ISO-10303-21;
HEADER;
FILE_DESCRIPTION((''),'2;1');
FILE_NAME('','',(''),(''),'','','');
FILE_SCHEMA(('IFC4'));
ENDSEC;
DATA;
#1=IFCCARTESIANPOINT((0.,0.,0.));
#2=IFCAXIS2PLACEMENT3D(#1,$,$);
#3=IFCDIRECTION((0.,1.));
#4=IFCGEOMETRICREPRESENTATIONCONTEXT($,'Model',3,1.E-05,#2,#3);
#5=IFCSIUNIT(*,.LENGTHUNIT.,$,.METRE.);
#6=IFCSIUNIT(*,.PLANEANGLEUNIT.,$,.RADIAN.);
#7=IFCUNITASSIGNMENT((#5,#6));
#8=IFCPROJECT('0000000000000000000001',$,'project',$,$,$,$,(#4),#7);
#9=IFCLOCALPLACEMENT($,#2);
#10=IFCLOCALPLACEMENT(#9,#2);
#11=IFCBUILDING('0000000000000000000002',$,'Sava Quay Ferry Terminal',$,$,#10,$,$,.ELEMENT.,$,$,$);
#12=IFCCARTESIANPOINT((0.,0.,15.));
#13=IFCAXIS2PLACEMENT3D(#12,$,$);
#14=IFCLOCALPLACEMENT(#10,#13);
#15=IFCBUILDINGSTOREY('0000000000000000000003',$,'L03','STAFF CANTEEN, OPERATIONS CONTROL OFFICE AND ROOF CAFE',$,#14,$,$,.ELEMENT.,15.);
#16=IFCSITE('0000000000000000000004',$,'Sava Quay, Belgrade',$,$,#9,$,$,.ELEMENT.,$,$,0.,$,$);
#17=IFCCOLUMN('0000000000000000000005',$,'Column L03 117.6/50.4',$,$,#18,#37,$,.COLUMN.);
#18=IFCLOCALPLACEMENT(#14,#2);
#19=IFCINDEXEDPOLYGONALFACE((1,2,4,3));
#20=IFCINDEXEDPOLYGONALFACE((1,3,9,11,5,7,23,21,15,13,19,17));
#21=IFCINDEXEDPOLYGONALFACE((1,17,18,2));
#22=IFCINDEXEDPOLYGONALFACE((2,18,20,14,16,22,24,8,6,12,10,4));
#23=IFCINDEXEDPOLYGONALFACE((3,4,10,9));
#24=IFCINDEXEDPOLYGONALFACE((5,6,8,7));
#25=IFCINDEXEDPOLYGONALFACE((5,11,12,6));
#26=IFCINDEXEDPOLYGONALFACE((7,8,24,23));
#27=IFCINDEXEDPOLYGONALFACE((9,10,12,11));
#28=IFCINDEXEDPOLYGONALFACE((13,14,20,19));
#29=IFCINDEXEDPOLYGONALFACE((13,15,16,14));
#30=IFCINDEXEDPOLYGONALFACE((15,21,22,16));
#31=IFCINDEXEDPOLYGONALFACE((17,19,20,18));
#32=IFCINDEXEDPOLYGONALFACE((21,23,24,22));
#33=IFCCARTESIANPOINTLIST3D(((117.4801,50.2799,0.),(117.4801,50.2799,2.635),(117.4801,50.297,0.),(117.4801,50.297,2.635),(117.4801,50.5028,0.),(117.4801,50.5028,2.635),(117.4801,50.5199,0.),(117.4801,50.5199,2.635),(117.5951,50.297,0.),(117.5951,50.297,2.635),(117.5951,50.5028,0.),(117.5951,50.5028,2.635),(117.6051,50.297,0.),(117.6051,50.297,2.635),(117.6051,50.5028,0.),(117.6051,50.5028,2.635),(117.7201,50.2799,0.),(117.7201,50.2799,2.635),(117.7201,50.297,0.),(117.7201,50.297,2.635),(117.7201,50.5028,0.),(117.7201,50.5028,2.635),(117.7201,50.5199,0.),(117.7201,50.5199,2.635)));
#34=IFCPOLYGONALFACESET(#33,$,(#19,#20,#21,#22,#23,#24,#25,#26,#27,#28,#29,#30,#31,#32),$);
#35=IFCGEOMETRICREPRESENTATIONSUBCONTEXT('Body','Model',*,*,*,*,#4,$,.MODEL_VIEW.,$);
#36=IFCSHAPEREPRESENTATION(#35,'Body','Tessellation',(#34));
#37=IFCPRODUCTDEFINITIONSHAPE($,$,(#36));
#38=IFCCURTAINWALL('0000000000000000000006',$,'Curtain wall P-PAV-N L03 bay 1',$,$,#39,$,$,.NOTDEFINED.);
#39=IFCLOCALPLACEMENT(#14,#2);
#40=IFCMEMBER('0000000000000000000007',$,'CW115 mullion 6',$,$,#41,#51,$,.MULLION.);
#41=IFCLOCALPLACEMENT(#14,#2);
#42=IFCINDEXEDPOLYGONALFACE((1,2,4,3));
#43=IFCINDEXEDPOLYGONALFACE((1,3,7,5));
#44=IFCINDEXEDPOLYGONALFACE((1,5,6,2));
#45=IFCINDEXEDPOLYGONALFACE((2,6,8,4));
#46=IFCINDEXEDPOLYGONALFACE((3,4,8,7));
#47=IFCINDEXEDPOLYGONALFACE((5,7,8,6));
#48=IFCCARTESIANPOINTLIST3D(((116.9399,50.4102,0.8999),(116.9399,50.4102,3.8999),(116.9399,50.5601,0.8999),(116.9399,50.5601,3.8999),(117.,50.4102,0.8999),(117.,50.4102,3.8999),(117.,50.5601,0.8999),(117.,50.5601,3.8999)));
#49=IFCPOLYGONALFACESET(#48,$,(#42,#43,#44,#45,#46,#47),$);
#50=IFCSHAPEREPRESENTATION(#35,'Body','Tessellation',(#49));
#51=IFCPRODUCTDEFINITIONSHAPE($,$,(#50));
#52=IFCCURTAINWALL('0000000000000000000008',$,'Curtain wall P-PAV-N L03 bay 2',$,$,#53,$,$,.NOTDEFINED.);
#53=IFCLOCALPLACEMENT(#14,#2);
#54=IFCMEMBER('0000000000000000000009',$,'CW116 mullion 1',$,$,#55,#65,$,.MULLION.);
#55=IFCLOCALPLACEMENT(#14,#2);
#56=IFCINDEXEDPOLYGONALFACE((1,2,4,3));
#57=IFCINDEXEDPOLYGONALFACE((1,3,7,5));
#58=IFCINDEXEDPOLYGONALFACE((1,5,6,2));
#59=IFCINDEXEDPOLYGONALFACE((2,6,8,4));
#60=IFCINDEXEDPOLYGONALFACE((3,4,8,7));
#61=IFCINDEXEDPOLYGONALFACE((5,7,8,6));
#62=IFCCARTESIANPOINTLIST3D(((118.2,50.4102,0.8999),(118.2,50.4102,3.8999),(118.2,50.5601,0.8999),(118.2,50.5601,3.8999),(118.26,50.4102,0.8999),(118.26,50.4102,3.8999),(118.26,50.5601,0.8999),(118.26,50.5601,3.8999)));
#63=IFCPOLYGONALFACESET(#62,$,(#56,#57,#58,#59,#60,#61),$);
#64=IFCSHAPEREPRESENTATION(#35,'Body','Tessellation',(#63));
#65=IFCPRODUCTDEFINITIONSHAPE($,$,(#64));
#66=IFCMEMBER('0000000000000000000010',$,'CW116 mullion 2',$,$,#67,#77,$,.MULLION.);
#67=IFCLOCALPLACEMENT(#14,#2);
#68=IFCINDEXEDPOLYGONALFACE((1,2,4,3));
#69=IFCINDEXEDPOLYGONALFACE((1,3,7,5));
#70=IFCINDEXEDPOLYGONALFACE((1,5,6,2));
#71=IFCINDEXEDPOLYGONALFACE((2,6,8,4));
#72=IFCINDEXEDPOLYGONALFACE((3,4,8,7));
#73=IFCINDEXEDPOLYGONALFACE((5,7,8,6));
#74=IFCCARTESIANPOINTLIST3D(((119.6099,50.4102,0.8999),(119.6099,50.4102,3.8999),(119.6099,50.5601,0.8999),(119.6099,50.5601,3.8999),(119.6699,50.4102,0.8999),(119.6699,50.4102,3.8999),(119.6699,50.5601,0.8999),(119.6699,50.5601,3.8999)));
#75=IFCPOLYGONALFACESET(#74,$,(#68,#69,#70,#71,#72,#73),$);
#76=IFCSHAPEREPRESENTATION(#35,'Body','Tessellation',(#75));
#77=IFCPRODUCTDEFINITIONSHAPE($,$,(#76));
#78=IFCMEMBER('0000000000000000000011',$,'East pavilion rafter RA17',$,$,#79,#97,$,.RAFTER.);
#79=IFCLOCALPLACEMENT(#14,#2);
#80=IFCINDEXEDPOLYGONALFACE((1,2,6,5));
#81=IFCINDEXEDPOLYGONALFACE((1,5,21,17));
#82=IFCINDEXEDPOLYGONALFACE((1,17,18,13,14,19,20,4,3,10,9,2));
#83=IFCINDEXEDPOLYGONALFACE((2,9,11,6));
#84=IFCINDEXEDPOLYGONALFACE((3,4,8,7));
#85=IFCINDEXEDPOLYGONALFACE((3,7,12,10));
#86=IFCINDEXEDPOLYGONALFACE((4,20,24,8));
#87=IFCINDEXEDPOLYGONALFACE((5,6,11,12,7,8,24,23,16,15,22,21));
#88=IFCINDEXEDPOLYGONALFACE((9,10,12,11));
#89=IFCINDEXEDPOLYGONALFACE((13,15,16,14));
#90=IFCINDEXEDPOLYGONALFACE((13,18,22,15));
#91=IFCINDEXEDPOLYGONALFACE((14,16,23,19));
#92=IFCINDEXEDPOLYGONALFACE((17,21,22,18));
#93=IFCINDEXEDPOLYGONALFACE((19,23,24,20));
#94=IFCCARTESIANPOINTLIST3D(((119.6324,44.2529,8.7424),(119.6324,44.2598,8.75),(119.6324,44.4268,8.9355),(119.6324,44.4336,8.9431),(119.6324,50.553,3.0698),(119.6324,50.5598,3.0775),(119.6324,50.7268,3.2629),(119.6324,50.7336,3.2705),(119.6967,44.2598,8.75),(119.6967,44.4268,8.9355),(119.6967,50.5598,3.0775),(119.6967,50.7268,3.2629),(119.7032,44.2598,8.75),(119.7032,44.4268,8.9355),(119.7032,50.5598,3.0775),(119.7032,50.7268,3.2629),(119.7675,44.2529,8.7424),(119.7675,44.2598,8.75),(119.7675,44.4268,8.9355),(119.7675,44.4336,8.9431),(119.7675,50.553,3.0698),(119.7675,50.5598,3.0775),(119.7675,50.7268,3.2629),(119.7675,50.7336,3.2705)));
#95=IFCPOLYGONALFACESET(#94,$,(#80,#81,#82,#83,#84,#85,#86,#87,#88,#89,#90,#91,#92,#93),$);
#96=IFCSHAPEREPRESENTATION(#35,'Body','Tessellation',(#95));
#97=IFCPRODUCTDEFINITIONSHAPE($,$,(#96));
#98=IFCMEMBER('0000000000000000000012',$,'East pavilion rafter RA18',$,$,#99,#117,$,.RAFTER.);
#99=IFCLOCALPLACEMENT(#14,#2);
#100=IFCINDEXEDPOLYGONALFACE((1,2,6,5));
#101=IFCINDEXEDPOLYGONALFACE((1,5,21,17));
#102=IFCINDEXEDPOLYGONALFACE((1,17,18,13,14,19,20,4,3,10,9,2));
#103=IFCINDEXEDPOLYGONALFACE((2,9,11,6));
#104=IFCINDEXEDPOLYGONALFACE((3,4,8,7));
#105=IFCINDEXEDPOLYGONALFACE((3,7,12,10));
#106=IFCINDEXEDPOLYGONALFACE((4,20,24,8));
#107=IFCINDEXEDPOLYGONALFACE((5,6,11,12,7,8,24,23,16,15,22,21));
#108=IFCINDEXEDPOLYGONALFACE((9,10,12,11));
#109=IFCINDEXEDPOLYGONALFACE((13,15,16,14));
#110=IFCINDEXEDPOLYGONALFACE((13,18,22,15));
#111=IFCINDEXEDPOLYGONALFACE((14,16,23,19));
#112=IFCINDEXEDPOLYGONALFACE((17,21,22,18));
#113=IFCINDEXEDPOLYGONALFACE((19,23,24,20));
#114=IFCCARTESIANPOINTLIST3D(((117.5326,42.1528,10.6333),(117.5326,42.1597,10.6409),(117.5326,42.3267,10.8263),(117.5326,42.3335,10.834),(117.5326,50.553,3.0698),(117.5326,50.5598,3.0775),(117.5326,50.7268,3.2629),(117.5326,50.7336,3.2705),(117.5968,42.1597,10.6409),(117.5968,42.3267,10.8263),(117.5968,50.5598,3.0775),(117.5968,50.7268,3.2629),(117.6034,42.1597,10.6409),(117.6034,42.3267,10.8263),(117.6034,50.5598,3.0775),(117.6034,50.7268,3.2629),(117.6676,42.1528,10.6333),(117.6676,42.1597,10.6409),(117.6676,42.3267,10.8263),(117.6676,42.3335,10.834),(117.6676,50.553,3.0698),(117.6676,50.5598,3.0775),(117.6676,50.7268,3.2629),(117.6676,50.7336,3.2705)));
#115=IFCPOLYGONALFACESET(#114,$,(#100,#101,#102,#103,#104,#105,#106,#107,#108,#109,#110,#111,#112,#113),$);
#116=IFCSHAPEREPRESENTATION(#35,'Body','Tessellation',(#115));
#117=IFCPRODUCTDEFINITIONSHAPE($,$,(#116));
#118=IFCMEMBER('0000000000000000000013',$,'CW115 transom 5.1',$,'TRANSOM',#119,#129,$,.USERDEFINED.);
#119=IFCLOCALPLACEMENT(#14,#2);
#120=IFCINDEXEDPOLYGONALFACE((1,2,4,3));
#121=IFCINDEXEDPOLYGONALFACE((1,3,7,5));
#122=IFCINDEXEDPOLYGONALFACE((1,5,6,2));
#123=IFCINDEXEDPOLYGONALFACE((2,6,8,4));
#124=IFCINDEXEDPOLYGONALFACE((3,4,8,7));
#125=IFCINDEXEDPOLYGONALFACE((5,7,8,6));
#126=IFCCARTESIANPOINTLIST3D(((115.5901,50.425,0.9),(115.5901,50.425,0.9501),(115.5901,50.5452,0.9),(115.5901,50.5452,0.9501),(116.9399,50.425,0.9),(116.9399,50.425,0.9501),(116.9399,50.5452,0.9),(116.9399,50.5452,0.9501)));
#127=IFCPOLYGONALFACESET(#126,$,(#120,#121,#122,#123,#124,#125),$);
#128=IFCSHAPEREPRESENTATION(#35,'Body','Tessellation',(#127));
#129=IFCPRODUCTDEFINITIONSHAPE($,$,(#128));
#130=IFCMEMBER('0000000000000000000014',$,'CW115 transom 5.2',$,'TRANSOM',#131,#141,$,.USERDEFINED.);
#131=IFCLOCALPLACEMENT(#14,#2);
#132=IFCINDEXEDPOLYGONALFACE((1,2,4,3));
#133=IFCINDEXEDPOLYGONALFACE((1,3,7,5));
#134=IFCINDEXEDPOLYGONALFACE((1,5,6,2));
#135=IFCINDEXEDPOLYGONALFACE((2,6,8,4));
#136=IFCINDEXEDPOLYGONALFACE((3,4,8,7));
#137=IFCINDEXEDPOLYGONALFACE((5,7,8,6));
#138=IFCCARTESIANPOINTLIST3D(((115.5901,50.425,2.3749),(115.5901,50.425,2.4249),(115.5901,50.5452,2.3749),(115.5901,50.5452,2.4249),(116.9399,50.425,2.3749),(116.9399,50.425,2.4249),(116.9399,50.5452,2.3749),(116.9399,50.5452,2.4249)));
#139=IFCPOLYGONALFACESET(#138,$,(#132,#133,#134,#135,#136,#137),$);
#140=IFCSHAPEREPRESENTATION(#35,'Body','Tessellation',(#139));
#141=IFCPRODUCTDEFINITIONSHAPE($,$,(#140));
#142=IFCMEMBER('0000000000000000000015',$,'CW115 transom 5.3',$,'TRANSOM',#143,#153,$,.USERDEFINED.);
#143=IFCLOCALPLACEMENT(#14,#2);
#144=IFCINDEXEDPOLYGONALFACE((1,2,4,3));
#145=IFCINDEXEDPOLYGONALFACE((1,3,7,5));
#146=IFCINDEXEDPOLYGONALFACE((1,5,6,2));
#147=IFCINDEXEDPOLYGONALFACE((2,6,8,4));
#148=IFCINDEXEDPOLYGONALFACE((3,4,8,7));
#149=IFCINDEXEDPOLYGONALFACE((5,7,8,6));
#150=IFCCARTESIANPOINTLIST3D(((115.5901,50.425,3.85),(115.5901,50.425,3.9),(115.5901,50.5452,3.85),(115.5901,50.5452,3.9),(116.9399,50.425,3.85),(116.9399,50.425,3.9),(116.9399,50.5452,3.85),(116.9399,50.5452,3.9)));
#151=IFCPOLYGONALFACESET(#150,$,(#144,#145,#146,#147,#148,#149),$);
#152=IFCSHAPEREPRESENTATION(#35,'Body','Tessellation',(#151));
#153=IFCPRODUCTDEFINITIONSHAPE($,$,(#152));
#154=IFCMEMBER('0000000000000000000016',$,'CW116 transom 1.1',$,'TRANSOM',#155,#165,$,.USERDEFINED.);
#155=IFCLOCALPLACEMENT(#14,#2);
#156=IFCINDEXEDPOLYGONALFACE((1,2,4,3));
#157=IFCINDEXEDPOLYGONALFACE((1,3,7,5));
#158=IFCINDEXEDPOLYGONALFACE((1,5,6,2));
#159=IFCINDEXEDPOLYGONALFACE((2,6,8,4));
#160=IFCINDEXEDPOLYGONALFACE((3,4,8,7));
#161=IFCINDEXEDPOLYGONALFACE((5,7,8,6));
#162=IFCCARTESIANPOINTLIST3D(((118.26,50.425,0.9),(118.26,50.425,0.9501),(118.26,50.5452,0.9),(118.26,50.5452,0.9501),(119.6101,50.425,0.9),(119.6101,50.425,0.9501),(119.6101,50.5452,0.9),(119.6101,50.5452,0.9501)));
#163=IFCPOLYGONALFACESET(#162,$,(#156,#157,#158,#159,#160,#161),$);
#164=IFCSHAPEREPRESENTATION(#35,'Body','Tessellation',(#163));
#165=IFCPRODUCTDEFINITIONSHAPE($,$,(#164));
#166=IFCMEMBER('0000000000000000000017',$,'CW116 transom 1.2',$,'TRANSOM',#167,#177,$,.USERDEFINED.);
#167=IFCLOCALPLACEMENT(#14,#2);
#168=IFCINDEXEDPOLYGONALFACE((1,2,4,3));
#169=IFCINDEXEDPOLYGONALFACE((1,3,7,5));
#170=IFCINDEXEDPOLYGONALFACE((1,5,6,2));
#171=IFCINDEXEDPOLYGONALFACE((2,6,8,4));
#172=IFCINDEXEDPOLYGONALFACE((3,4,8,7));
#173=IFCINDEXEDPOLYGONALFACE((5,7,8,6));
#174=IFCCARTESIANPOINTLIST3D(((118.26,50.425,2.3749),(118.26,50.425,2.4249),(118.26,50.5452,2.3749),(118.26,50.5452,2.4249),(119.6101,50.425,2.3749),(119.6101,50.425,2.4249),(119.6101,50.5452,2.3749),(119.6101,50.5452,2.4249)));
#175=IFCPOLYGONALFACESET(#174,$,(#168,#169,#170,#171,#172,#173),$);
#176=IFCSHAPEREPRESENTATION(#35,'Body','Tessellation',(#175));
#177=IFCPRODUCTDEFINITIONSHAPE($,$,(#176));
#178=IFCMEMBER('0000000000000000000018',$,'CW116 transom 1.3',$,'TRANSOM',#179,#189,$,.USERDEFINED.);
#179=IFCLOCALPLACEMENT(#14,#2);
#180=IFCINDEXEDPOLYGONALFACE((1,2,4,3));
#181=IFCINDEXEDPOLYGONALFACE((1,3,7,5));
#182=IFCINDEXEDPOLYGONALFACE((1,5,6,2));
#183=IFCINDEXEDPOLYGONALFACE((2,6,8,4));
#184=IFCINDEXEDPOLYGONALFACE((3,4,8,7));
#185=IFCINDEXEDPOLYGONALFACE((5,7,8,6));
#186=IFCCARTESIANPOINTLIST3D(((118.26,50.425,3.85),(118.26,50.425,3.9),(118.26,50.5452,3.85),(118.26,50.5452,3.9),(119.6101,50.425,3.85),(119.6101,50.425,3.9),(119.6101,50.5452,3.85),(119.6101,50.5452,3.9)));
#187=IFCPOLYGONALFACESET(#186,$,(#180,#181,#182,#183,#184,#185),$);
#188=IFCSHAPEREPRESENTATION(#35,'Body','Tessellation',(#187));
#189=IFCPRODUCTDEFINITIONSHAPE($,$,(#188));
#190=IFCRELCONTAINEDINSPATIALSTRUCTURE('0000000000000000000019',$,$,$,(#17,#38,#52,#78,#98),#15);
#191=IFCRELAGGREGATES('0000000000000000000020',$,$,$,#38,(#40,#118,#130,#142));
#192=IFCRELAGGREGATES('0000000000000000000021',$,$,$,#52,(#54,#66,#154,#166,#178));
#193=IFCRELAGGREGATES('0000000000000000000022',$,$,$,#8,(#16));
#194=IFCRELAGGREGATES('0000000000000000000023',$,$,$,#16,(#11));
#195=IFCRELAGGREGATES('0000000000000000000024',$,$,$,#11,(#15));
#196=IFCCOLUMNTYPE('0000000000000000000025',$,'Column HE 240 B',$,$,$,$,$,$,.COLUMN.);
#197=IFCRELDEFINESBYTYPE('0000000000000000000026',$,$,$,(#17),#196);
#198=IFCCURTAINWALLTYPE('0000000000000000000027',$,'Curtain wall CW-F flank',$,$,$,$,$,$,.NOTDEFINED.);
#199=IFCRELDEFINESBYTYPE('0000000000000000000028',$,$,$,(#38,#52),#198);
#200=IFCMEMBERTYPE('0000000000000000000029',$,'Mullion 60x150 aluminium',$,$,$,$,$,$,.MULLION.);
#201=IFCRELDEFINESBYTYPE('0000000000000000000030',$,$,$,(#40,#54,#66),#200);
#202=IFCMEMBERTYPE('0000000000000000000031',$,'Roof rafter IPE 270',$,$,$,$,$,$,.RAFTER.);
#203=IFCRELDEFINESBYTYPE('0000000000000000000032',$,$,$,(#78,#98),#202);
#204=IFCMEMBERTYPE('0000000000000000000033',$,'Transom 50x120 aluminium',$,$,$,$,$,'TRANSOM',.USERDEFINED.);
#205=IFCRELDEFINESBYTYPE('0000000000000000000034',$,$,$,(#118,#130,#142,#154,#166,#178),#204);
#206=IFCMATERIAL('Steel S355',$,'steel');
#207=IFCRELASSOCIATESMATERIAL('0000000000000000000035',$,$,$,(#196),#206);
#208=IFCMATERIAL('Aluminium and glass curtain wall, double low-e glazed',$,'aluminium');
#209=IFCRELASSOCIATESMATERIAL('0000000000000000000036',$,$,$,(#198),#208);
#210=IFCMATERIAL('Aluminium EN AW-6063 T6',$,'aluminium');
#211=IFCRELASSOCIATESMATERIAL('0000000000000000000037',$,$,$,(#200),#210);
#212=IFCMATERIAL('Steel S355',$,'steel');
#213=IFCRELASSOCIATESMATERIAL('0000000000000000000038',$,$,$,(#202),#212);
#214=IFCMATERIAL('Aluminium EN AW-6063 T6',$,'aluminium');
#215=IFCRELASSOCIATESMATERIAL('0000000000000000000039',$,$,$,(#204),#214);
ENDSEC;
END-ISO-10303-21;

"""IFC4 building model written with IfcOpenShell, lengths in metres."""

from ifc_helpers import new_model, si_unit, direction, frame, origin, origin_2d, place, context, subcontext, project, spatial, rectangle, i_section, extrude, material, material_profile, profile_set, type_object, element, aggregate, save


model = new_model("IFC4")

# Units and contexts
model_context = context("Model", 3, precision=1e-05, world=origin(), true_north=direction((0.0, 1.0)))
body_context = subcontext(model_context, "Body", "Model", "MODEL_VIEW")
ifc_project = project(units=[si_unit("LENGTHUNIT", "METRE"), si_unit("PLANEANGLEUNIT", "RADIAN")], contexts=[model_context])

# Site, building, storey
site_placement = place(None, origin())
site = spatial("IfcSite", under=ifc_project, at=site_placement, Name="Sava Quay, Belgrade", CompositionType="ELEMENT", RefElevation=0.0)
building_placement = place(site_placement, origin())
building = spatial("IfcBuilding", under=site, at=building_placement, Name="Sava Quay Ferry Terminal", CompositionType="ELEMENT")
storey_placement = place(building_placement, frame((0.0, 0.0, 15.0)))
storey = spatial("IfcBuildingStorey", under=building, at=storey_placement, Name="L03", Description="STAFF CANTEEN, OPERATIONS CONTROL OFFICE AND ROOF CAFE", CompositionType="ELEMENT", Elevation=15.0)

# Column
ifc_material_1 = material(Name="Steel S355", Category="steel")
ifc_material_profile_1 = material_profile(ifc_material_1, i_section(OverallWidth=0.24, OverallDepth=0.24, WebThickness=0.01, FlangeThickness=0.0171, at=origin_2d()), Name="HE 240 B")
ifc_profile_set_1 = profile_set([ifc_material_profile_1], Name="Steel S355")
column_type = type_object("IfcColumnType", Name="Column HE 240 B", PredefinedType="COLUMN", material=ifc_profile_set_1)
column_placement = place(storey_placement, frame((117.6001, 50.3999, 0.0), z_axis=(0.0, 0.0, 1.0), x_axis=(1.0, 0.0, 0.0)))
element("IfcColumn", 1, at=column_placement, inside=storey, type_object=column_type, Name="Column L03 117.6/50.4", PredefinedType="COLUMN", context=body_context, shape_type="SweptSolid", body=[
    extrude(i_section(OverallWidth=0.24, OverallDepth=0.24, WebThickness=0.01, FlangeThickness=0.0171, at=origin_2d()), origin(), (0.0, 0.0, 1.0), 2.635),
])

# Curtain wall, member
ifc_material_2 = material(Name="Aluminium and glass curtain wall, double low-e glazed", Category="aluminium")
curtain_wall_type = type_object("IfcCurtainWallType", Name="Curtain wall CW-F flank", PredefinedType="NOTDEFINED", material=ifc_material_2)
curtain_wall_1_placement = place(storey_placement, origin())
curtain_wall_1 = element("IfcCurtainWall", 2, at=curtain_wall_1_placement, inside=storey, type_object=curtain_wall_type, Name="Curtain wall P-PAV-N L03 bay 1", PredefinedType="NOTDEFINED")
ifc_material_3 = material(Name="Aluminium EN AW-6063 T6", Category="aluminium")
ifc_material_profile_2 = material_profile(ifc_material_3, rectangle(XDim=0.1499, YDim=0.0601, at=origin_2d()), Name="Mullion 60x150 aluminium")
ifc_profile_set_2 = profile_set([ifc_material_profile_2], Name="Aluminium EN AW-6063 T6")
member_type_1 = type_object("IfcMemberType", Name="Mullion 60x150 aluminium", PredefinedType="MULLION", material=ifc_profile_set_2)
member_1_placement = place(storey_placement, frame((116.97, 50.4851, 0.8999), z_axis=(0.0, 0.0, 1.0), x_axis=(0.0, 1.0, 0.0)))
member_1 = element("IfcMember", 3, at=member_1_placement, type_object=member_type_1, Name="CW115 mullion 6", PredefinedType="MULLION", context=body_context, shape_type="SweptSolid", body=[
    extrude(rectangle(XDim=0.1499, YDim=0.0601, at=origin_2d()), origin(), (0.0, 0.0, 1.0), 3.0),
])

# Curtain wall, members
curtain_wall_2_placement = place(storey_placement, origin())
curtain_wall_2 = element("IfcCurtainWall", 4, at=curtain_wall_2_placement, inside=storey, type_object=curtain_wall_type, Name="Curtain wall P-PAV-N L03 bay 2", PredefinedType="NOTDEFINED")
member_2_placement = place(storey_placement, frame((118.23, 50.4851, 0.8999), z_axis=(0.0, 0.0, 1.0), x_axis=(0.0, 1.0, 0.0)))
member_2 = element("IfcMember", 5, at=member_2_placement, type_object=member_type_1, Name="CW116 mullion 1", PredefinedType="MULLION", context=body_context, shape_type="SweptSolid", body=[
    extrude(rectangle(XDim=0.1499, YDim=0.0601, at=origin_2d()), origin(), (0.0, 0.0, 1.0), 3.0),
])
member_3_placement = place(storey_placement, frame((119.6399, 50.4851, 0.8999), z_axis=(0.0, 0.0, 1.0), x_axis=(0.0, 1.0, 0.0)))
member_3 = element("IfcMember", 6, at=member_3_placement, type_object=member_type_1, Name="CW116 mullion 2", PredefinedType="MULLION", context=body_context, shape_type="SweptSolid", body=[
    extrude(rectangle(XDim=0.1499, YDim=0.0601, at=origin_2d()), origin(), (0.0, 0.0, 1.0), 3.0),
])

# Members
ifc_material_4 = material(Name="Steel S355", Category="steel")
ifc_material_profile_3 = material_profile(ifc_material_4, i_section(OverallWidth=0.135, OverallDepth=0.27, WebThickness=0.0066, FlangeThickness=0.0103, at=origin_2d()), Name="IPE 270")
ifc_profile_set_3 = profile_set([ifc_material_profile_3], Name="Steel S355")
member_type_2 = type_object("IfcMemberType", Name="Roof rafter IPE 270", PredefinedType="RAFTER", material=ifc_profile_set_3)
member_4_placement = place(storey_placement, frame((119.7, 50.6433, 3.1702), z_axis=(0.0, -0.743144, 0.669132), x_axis=(1.0, 0.0, 0.0)))
element("IfcMember", 7, at=member_4_placement, inside=storey, type_object=member_type_2, Name="East pavilion rafter RA17", PredefinedType="RAFTER", context=body_context, shape_type="SweptSolid", body=[
    extrude(i_section(OverallWidth=0.135, OverallDepth=0.27, WebThickness=0.0066, FlangeThickness=0.0103, at=origin_2d()), origin(), (0.0, 0.0, 1.0), 8.4775),
])
member_5_placement = place(storey_placement, frame((117.6001, 50.6433, 3.1702), z_axis=(0.0, -0.743147, 0.669128), x_axis=(1.0, 0.0, 0.0)))
element("IfcMember", 8, at=member_5_placement, inside=storey, type_object=member_type_2, Name="East pavilion rafter RA18", PredefinedType="RAFTER", context=body_context, shape_type="SweptSolid", body=[
    extrude(i_section(OverallWidth=0.135, OverallDepth=0.27, WebThickness=0.0066, FlangeThickness=0.0103, at=origin_2d()), origin(), (0.0, 0.0, 1.0), 11.3035),
])

# Members
ifc_material_5 = material(Name="Aluminium EN AW-6063 T6", Category="aluminium")
ifc_material_profile_4 = material_profile(ifc_material_5, rectangle(XDim=0.1201, YDim=0.05, at=origin_2d()), Name="Transom 50x120 aluminium")
ifc_profile_set_4 = profile_set([ifc_material_profile_4], Name="Aluminium EN AW-6063 T6")
member_type_3 = type_object("IfcMemberType", Name="Transom 50x120 aluminium", ElementType="TRANSOM", PredefinedType="USERDEFINED", material=ifc_profile_set_4)
member_6_placement = place(storey_placement, frame((115.5901, 50.4851, 0.925), z_axis=(1.0, 0.0, 0.0), x_axis=(0.0, 1.0, 0.0)))
member_6 = element("IfcMember", 9, at=member_6_placement, type_object=member_type_3, Name="CW115 transom 5.1", ObjectType="TRANSOM", PredefinedType="USERDEFINED", context=body_context, shape_type="SweptSolid", body=[
    extrude(rectangle(XDim=0.1201, YDim=0.05, at=origin_2d()), origin(), (0.0, 0.0, 1.0), 1.3499),
])
member_7_placement = place(storey_placement, frame((115.5901, 50.4851, 2.3999), z_axis=(1.0, 0.0, 0.0), x_axis=(0.0, 1.0, 0.0)))
member_7 = element("IfcMember", 10, at=member_7_placement, type_object=member_type_3, Name="CW115 transom 5.2", ObjectType="TRANSOM", PredefinedType="USERDEFINED", context=body_context, shape_type="SweptSolid", body=[
    extrude(rectangle(XDim=0.1201, YDim=0.05, at=origin_2d()), origin(), (0.0, 0.0, 1.0), 1.3499),
])
member_8_placement = place(storey_placement, frame((115.5901, 50.4851, 3.875), z_axis=(1.0, 0.0, 0.0), x_axis=(0.0, 1.0, 0.0)))
member_8 = element("IfcMember", 11, at=member_8_placement, type_object=member_type_3, Name="CW115 transom 5.3", ObjectType="TRANSOM", PredefinedType="USERDEFINED", context=body_context, shape_type="SweptSolid", body=[
    extrude(rectangle(XDim=0.1201, YDim=0.05, at=origin_2d()), origin(), (0.0, 0.0, 1.0), 1.3499),
])
member_9_placement = place(storey_placement, frame((118.26, 50.4851, 0.925), z_axis=(1.0, 0.0, 0.0), x_axis=(0.0, 1.0, 0.0)))
member_9 = element("IfcMember", 12, at=member_9_placement, type_object=member_type_3, Name="CW116 transom 1.1", ObjectType="TRANSOM", PredefinedType="USERDEFINED", context=body_context, shape_type="SweptSolid", body=[
    extrude(rectangle(XDim=0.1201, YDim=0.05, at=origin_2d()), origin(), (0.0, 0.0, 1.0), 1.3501),
])
member_10_placement = place(storey_placement, frame((118.26, 50.4851, 2.3999), z_axis=(1.0, 0.0, 0.0), x_axis=(0.0, 1.0, 0.0)))
member_10 = element("IfcMember", 13, at=member_10_placement, type_object=member_type_3, Name="CW116 transom 1.2", ObjectType="TRANSOM", PredefinedType="USERDEFINED", context=body_context, shape_type="SweptSolid", body=[
    extrude(rectangle(XDim=0.1201, YDim=0.05, at=origin_2d()), origin(), (0.0, 0.0, 1.0), 1.3501),
])
member_11_placement = place(storey_placement, frame((118.26, 50.4851, 3.875), z_axis=(1.0, 0.0, 0.0), x_axis=(0.0, 1.0, 0.0)))
member_11 = element("IfcMember", 14, at=member_11_placement, type_object=member_type_3, Name="CW116 transom 1.3", ObjectType="TRANSOM", PredefinedType="USERDEFINED", context=body_context, shape_type="SweptSolid", body=[
    extrude(rectangle(XDim=0.1201, YDim=0.05, at=origin_2d()), origin(), (0.0, 0.0, 1.0), 1.3501),
])

aggregate(curtain_wall_1, [member_1, member_6, member_7, member_8])
aggregate(curtain_wall_2, [member_2, member_3, member_9, member_10, member_11])

save(model, "model.ifc")
